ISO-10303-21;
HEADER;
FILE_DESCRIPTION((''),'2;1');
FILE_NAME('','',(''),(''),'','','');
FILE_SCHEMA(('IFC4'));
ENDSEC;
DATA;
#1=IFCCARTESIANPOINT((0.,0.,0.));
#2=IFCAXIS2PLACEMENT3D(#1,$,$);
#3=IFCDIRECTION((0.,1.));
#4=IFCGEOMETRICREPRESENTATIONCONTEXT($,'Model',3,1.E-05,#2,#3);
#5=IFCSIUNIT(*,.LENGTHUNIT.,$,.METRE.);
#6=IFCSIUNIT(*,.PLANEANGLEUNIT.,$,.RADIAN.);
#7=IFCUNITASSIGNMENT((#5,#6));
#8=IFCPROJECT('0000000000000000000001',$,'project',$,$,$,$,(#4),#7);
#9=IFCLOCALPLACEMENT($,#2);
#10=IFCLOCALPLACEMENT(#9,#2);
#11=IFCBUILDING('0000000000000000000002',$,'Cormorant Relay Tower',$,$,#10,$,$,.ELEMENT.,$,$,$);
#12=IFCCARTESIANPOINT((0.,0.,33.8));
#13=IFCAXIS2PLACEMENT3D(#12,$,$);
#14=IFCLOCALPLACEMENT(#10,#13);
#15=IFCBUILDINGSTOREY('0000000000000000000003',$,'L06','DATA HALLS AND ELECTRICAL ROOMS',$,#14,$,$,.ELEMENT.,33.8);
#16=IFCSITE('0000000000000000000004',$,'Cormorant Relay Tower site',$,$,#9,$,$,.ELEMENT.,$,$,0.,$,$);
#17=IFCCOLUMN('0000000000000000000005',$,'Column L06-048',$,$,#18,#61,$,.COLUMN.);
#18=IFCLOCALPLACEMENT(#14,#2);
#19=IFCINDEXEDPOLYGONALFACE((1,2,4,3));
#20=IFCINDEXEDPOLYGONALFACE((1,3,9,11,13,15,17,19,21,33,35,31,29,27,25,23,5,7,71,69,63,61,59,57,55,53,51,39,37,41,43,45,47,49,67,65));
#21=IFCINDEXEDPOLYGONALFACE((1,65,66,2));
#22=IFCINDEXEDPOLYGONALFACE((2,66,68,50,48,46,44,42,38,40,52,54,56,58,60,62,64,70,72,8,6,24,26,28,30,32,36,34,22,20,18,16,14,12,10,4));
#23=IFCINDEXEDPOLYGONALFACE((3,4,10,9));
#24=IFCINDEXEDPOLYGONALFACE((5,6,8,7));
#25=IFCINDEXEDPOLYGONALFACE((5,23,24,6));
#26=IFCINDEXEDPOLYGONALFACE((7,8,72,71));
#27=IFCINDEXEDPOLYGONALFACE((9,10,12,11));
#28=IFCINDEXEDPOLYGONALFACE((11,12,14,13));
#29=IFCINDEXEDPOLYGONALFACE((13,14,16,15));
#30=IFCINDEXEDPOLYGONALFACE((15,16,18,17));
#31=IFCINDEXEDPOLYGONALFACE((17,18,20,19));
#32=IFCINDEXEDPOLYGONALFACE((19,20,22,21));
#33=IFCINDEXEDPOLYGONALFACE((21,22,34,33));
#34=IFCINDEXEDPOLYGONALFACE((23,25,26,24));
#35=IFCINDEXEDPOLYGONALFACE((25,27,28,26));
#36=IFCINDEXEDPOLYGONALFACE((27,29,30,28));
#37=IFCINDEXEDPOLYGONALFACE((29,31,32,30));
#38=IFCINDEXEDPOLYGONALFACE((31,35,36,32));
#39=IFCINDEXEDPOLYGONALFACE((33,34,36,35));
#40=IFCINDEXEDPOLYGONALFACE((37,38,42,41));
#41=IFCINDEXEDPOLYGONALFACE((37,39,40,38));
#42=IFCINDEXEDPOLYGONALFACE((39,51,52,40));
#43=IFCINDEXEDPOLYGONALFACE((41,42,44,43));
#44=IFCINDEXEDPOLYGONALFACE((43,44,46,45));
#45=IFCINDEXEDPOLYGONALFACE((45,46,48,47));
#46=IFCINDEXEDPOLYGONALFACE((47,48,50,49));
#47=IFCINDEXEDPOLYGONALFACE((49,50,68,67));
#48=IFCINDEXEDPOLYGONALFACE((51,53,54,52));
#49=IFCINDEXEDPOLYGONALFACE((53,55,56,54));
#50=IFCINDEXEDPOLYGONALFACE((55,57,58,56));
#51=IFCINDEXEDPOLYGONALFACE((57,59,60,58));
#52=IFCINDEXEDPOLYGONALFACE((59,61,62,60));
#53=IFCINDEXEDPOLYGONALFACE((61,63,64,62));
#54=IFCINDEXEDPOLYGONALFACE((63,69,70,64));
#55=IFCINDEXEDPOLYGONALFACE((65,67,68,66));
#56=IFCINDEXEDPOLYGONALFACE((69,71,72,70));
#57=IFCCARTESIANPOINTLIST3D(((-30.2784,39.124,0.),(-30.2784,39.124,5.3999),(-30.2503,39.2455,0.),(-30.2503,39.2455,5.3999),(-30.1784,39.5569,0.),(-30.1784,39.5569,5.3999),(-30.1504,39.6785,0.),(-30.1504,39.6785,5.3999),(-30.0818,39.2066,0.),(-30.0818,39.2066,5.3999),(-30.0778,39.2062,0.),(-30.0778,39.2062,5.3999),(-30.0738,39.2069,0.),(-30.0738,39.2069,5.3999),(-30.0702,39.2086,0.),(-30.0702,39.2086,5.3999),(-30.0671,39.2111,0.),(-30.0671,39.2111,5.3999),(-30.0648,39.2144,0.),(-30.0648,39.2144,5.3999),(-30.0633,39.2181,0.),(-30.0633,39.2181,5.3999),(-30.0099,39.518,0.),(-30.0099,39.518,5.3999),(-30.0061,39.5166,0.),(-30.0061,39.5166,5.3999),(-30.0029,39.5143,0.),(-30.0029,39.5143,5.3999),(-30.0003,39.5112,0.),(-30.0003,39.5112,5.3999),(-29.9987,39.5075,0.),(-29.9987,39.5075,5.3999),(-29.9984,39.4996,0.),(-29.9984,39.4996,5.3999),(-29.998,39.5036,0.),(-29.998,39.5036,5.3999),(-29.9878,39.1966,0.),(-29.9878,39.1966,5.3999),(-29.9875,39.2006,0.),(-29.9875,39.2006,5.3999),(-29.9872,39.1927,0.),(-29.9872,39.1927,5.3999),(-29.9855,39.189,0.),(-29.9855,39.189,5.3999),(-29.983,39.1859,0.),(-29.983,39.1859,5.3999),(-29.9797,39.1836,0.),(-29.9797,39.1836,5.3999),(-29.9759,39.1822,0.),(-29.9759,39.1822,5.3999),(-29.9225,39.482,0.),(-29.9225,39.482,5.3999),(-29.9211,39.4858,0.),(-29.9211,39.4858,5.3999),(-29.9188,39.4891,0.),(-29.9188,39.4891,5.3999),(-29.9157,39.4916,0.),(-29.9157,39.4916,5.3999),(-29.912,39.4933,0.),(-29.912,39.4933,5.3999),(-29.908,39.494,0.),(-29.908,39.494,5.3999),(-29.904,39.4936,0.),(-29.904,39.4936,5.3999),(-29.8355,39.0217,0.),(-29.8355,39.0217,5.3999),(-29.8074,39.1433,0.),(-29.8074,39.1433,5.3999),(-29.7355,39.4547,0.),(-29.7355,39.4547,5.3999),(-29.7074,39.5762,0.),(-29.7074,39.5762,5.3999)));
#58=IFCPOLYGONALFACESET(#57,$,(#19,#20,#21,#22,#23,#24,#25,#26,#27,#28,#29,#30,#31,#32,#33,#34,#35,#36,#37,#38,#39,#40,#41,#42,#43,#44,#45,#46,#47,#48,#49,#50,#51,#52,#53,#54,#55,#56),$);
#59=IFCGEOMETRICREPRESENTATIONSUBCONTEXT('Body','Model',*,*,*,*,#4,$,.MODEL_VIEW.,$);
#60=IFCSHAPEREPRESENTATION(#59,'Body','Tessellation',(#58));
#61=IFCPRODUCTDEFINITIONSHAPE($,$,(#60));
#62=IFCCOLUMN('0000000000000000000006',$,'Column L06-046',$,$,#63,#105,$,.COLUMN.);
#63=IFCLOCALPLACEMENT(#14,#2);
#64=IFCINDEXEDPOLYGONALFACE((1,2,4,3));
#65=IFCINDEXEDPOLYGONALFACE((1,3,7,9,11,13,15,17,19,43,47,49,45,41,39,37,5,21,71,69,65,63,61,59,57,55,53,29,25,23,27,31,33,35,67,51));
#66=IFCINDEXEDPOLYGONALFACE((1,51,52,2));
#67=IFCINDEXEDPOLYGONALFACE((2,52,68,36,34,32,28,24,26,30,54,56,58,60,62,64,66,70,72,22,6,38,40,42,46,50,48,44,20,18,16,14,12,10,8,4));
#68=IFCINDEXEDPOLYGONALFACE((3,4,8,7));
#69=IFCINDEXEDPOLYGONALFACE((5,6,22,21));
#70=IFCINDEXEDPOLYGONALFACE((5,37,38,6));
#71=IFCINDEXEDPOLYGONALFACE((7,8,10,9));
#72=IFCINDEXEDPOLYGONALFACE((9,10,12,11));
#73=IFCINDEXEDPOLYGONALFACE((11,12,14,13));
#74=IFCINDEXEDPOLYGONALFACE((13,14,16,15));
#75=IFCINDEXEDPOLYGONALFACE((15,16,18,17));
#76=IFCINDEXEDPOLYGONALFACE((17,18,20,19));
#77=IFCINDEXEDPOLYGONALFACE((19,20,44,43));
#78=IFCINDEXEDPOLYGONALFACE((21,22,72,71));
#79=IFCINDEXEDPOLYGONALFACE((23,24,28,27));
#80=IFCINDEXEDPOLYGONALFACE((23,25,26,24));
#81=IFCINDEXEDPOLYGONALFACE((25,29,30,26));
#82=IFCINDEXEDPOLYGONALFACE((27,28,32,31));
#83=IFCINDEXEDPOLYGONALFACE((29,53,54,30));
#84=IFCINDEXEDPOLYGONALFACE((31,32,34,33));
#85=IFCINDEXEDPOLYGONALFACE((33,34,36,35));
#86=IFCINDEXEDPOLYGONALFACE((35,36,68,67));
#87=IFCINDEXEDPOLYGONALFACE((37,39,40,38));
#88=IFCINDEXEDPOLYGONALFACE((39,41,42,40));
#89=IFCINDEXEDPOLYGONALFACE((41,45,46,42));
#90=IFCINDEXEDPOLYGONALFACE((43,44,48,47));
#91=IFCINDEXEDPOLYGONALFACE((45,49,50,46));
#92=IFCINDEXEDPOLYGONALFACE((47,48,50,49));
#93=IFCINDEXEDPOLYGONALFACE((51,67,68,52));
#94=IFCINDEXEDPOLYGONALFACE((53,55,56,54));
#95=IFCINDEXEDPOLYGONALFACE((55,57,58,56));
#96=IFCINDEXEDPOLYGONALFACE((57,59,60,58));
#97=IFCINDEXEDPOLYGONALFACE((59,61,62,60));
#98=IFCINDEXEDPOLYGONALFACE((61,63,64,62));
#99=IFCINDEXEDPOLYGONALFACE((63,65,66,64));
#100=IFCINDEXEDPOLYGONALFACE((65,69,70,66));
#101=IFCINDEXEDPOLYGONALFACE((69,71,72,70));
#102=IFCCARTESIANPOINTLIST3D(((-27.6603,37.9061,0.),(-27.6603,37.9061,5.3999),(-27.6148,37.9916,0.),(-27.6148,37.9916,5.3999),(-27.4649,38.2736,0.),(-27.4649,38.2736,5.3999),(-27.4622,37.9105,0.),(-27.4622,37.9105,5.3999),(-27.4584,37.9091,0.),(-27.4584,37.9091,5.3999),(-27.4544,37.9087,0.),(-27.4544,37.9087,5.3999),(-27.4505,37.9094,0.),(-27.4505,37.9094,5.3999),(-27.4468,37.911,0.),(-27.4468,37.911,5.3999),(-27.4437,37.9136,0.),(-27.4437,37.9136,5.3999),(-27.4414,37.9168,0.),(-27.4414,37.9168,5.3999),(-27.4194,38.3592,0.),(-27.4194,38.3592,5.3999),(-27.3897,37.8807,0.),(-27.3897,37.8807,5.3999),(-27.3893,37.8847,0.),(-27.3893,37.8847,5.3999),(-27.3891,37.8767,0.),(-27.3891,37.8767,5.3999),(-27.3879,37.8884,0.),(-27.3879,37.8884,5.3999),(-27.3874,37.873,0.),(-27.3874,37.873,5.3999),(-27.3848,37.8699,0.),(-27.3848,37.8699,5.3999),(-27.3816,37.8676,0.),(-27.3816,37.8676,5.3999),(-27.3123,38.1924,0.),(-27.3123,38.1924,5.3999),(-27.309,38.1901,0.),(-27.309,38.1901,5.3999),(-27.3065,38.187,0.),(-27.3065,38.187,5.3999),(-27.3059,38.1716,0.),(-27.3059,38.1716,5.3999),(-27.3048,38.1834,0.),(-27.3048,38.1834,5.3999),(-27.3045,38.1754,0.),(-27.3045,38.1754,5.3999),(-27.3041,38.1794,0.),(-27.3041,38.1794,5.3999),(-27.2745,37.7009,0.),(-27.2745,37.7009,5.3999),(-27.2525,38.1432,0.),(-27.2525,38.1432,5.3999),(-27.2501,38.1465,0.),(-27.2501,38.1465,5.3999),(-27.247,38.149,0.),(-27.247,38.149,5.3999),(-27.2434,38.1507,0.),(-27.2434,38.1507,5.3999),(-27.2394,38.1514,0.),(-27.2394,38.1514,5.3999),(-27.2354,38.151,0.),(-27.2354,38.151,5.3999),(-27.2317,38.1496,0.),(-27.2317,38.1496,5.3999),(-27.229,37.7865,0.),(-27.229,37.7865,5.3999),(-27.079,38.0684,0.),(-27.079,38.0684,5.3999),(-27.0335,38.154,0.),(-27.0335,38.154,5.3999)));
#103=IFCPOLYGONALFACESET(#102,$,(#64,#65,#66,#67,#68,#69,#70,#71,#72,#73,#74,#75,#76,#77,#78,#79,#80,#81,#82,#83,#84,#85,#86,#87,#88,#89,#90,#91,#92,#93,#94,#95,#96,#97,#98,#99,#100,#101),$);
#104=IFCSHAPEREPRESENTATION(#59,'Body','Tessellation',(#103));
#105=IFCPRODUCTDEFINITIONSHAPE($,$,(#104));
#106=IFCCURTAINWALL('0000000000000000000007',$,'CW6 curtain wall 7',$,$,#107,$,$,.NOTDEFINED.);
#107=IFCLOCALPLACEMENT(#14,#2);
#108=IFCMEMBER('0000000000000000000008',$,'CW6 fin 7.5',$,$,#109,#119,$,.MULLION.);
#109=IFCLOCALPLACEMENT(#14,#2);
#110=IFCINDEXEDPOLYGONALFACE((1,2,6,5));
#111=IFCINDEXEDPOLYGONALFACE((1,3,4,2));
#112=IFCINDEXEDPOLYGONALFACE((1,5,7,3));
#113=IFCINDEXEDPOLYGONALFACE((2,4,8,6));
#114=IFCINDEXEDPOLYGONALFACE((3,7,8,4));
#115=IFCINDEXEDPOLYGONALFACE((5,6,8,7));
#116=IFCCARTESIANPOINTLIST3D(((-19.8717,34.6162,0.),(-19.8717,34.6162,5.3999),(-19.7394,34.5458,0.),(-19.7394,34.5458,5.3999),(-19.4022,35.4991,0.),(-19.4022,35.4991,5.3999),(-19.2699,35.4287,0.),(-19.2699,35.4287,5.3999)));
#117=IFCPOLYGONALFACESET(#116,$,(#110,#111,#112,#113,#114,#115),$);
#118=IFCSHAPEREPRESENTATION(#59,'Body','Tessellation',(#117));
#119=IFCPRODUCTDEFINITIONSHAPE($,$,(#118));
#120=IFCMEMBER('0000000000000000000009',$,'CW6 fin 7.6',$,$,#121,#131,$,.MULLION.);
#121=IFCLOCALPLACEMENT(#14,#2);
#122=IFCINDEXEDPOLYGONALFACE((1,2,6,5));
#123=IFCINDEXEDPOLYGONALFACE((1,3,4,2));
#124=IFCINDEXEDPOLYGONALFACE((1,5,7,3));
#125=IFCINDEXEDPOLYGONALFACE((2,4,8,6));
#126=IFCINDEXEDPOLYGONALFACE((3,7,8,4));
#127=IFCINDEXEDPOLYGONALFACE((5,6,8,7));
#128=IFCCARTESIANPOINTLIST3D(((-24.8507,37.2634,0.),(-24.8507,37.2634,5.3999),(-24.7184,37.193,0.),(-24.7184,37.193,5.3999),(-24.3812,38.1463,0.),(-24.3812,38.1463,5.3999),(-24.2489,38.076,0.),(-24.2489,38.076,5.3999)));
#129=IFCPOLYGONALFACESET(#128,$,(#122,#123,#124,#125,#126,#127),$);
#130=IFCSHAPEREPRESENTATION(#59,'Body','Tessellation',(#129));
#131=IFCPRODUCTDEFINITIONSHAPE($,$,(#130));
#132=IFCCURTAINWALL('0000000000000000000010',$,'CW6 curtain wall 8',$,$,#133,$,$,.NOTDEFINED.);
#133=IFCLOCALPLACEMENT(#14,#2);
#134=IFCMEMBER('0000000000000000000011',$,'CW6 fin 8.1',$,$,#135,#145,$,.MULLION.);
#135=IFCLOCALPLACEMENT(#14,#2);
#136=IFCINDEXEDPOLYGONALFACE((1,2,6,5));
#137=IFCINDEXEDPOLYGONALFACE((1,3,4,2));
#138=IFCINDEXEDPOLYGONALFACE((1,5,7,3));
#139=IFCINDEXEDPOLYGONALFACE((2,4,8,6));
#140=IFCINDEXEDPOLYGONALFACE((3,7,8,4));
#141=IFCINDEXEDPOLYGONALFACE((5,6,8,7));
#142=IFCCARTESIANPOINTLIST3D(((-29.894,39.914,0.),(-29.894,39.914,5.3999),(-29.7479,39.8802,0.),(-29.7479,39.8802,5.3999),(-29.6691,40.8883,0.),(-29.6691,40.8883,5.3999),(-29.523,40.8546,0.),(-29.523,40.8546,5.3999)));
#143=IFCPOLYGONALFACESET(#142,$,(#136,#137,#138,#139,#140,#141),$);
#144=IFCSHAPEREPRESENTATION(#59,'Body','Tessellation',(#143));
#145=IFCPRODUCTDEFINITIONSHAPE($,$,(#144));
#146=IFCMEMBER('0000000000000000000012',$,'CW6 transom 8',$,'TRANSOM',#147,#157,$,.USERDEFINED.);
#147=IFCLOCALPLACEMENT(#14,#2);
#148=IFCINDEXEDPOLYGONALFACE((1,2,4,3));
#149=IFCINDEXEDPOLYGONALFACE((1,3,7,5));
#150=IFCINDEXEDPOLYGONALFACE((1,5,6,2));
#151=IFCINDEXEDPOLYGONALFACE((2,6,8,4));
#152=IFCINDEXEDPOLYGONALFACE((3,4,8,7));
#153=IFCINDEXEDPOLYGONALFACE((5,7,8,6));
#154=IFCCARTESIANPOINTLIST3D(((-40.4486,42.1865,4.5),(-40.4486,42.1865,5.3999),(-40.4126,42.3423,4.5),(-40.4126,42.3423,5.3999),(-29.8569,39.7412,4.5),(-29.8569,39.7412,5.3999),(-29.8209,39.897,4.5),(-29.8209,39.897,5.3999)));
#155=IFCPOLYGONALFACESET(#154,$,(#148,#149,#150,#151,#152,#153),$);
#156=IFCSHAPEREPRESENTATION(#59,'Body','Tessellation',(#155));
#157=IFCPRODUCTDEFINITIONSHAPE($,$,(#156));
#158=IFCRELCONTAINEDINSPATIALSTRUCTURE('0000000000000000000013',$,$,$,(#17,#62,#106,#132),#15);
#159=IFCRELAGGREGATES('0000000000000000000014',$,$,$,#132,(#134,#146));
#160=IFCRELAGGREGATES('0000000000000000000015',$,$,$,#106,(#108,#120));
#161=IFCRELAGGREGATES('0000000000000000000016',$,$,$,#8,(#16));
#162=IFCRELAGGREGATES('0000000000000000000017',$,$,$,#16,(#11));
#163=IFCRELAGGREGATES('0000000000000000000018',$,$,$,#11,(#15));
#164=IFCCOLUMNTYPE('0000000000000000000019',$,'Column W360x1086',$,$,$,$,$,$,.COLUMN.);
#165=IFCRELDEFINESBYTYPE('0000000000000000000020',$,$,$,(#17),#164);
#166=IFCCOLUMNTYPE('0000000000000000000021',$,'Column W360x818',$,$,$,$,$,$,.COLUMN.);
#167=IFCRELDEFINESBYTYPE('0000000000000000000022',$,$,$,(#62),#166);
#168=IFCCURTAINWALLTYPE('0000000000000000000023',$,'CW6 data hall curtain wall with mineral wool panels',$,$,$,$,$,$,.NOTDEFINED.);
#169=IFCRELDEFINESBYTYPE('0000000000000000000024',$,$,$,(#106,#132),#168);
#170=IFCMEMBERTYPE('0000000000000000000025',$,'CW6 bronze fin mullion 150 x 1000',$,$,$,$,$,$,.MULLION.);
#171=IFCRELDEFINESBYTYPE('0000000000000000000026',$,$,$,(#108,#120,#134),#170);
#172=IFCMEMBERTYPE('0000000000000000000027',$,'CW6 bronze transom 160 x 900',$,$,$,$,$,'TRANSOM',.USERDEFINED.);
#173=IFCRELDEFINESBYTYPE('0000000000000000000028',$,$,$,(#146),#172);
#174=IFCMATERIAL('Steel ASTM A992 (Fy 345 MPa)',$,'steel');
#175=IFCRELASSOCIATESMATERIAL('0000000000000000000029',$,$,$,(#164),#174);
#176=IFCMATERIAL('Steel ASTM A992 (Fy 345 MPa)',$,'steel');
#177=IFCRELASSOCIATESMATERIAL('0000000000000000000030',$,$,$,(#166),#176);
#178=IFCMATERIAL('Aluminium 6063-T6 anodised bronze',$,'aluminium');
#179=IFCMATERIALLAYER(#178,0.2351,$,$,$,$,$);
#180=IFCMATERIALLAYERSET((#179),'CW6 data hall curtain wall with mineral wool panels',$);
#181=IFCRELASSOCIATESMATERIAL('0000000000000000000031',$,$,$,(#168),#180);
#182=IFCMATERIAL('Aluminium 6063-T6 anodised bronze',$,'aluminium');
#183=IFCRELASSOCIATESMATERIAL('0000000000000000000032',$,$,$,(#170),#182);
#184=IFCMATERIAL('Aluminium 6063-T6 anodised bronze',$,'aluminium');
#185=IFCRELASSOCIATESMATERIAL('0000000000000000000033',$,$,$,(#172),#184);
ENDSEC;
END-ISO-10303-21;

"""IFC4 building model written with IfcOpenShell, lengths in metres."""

from ifc_helpers import new_model, si_unit, direction, frame, origin, origin_2d, place, context, subcontext, project, spatial, rectangle, i_section, extrude, material, layer, layer_set, material_profile, profile_set, type_object, element, aggregate, save


model = new_model("IFC4")

# Units and contexts
model_context = context("Model", 3, precision=1e-05, world=origin(), true_north=direction((0.0, 1.0)))
body_context = subcontext(model_context, "Body", "Model", "MODEL_VIEW")
ifc_project = project(units=[si_unit("LENGTHUNIT", "METRE"), si_unit("PLANEANGLEUNIT", "RADIAN")], contexts=[model_context])

# Site, building, storey
site_placement = place(None, origin())
site = spatial("IfcSite", under=ifc_project, at=site_placement, Name="Cormorant Relay Tower site", CompositionType="ELEMENT", RefElevation=0.0)
building_placement = place(site_placement, origin())
building = spatial("IfcBuilding", under=site, at=building_placement, Name="Cormorant Relay Tower", CompositionType="ELEMENT")
storey_placement = place(building_placement, frame((0.0, 0.0, 33.8)))
storey = spatial("IfcBuildingStorey", under=building, at=storey_placement, Name="L06", Description="DATA HALLS AND ELECTRICAL ROOMS", CompositionType="ELEMENT", Elevation=33.8)

# Columns
ifc_material_1 = material(Name="Steel ASTM A992 (Fy 345 MPa)", Category="steel")
ifc_material_profile_1 = material_profile(ifc_material_1, i_section(OverallWidth=0.4546, OverallDepth=0.5691, WebThickness=0.0779, FlangeThickness=0.1248, FilletRadius=0.0154, at=origin_2d()), Name="W360x1086")
ifc_profile_set_1 = profile_set([ifc_material_profile_1], Name="Steel ASTM A992 (Fy 345 MPa)")
column_type_1 = type_object("IfcColumnType", Name="Column W360x1086", PredefinedType="COLUMN", material=ifc_profile_set_1)
column_1_placement = place(storey_placement, frame((-29.9929, 39.3501, 0.0), z_axis=(0.0, 0.0, 1.0), x_axis=(-0.97437, 0.224951, 0.0)))
element("IfcColumn", 1, at=column_1_placement, inside=storey, type_object=column_type_1, Name="Column L06-048", PredefinedType="COLUMN", context=body_context, shape_type="SweptSolid", body=[
    extrude(i_section(OverallWidth=0.4546, OverallDepth=0.5691, WebThickness=0.0779, FlangeThickness=0.1248, FilletRadius=0.0154, at=origin_2d()), origin(), (0.0, 0.0, 1.0), 5.3999),
])
ifc_material_2 = material(Name="Steel ASTM A992 (Fy 345 MPa)", Category="steel")
ifc_material_profile_2 = material_profile(ifc_material_2, i_section(OverallWidth=0.437, OverallDepth=0.5132, WebThickness=0.0605, FlangeThickness=0.0969, FilletRadius=0.0154, at=origin_2d()), Name="W360x818")
ifc_profile_set_2 = profile_set([ifc_material_profile_2], Name="Steel ASTM A992 (Fy 345 MPa)")
column_type_2 = type_object("IfcColumnType", Name="Column W360x818", PredefinedType="COLUMN", material=ifc_profile_set_2)
column_2_placement = place(storey_placement, frame((-27.3469, 38.03, 0.0), z_axis=(0.0, 0.0, 1.0), x_axis=(-0.882948, 0.469472, 0.0)))
element("IfcColumn", 2, at=column_2_placement, inside=storey, type_object=column_type_2, Name="Column L06-046", PredefinedType="COLUMN", context=body_context, shape_type="SweptSolid", body=[
    extrude(i_section(OverallWidth=0.437, OverallDepth=0.5132, WebThickness=0.0605, FlangeThickness=0.0969, FilletRadius=0.0154, at=origin_2d()), origin(), (0.0, 0.0, 1.0), 5.3999),
])

# Curtain walls, members
ifc_material_3 = material(Name="Aluminium 6063-T6 anodised bronze", Category="aluminium")
ifc_layer_1 = layer(ifc_material_3, 0.2351)
ifc_layer_set_1 = layer_set([ifc_layer_1], Name="CW6 data hall curtain wall with mineral wool panels")
curtain_wall_type = type_object("IfcCurtainWallType", Name="CW6 data hall curtain wall with mineral wool panels", PredefinedType="NOTDEFINED", material=ifc_layer_set_1)
curtain_wall_1_placement = place(storey_placement, origin())
curtain_wall_1 = element("IfcCurtainWall", 3, at=curtain_wall_1_placement, inside=storey, type_object=curtain_wall_type, Name="CW6 curtain wall 7", PredefinedType="NOTDEFINED")
ifc_material_4 = material(Name="Aluminium 6063-T6 anodised bronze", Category="aluminium")
ifc_material_profile_3 = material_profile(ifc_material_4, rectangle(XDim=0.1499, YDim=1.0, at=origin_2d()), Name="AL 150x1000")
ifc_profile_set_3 = profile_set([ifc_material_profile_3], Name="Aluminium 6063-T6 anodised bronze")
member_type_1 = type_object("IfcMemberType", Name="CW6 bronze fin mullion 150 x 1000", PredefinedType="MULLION", material=ifc_profile_set_3)
member_1_placement = place(storey_placement, frame((-19.5708, 35.0225, 0.0), z_axis=(0.0, 0.0, 1.0), x_axis=(-0.882948, 0.469472, 0.0)))
member_1 = element("IfcMember", 4, at=member_1_placement, type_object=member_type_1, Name="CW6 fin 7.5", PredefinedType="MULLION", context=body_context, shape_type="SweptSolid", body=[
    extrude(rectangle(XDim=0.1499, YDim=1.0, at=origin_2d()), origin(), (0.0, 0.0, 1.0), 5.3999),
])
member_2_placement = place(storey_placement, frame((-24.5498, 37.6697, 0.0), z_axis=(0.0, 0.0, 1.0), x_axis=(-0.882948, 0.469472, 0.0)))
member_2 = element("IfcMember", 5, at=member_2_placement, type_object=member_type_1, Name="CW6 fin 7.6", PredefinedType="MULLION", context=body_context, shape_type="SweptSolid", body=[
    extrude(rectangle(XDim=0.1499, YDim=1.0, at=origin_2d()), origin(), (0.0, 0.0, 1.0), 5.3999),
])
curtain_wall_2_placement = place(storey_placement, origin())
curtain_wall_2 = element("IfcCurtainWall", 6, at=curtain_wall_2_placement, inside=storey, type_object=curtain_wall_type, Name="CW6 curtain wall 8", PredefinedType="NOTDEFINED")
member_3_placement = place(storey_placement, frame((-29.7085, 40.3843, 0.0), z_axis=(0.0, 0.0, 1.0), x_axis=(-0.97437, 0.224951, 0.0)))
member_3 = element("IfcMember", 7, at=member_3_placement, type_object=member_type_1, Name="CW6 fin 8.1", PredefinedType="MULLION", context=body_context, shape_type="SweptSolid", body=[
    extrude(rectangle(XDim=0.1499, YDim=1.0, at=origin_2d()), origin(), (0.0, 0.0, 1.0), 5.3999),
])
ifc_material_5 = material(Name="Aluminium 6063-T6 anodised bronze", Category="aluminium")
ifc_material_profile_4 = material_profile(ifc_material_5, rectangle(XDim=0.1599, YDim=0.8999, at=origin_2d()), Name="AL 160x900")
ifc_profile_set_4 = profile_set([ifc_material_profile_4], Name="Aluminium 6063-T6 anodised bronze")
member_type_2 = type_object("IfcMemberType", Name="CW6 bronze transom 160 x 900", ElementType="TRANSOM", PredefinedType="USERDEFINED", material=ifc_profile_set_4)
member_4_placement = place(storey_placement, frame((-29.8389, 39.8191, 4.95), z_axis=(-0.97437, 0.224951, 0.0), x_axis=(-0.224951, -0.97437, 0.0)))
member_4 = element("IfcMember", 8, at=member_4_placement, type_object=member_type_2, Name="CW6 transom 8", ObjectType="TRANSOM", PredefinedType="USERDEFINED", context=body_context, shape_type="SweptSolid", body=[
    extrude(rectangle(XDim=0.1599, YDim=0.8999, at=origin_2d()), origin(), (0.0, 0.0, 1.0), 10.8704),
])
aggregate(curtain_wall_2, [member_3, member_4])

aggregate(curtain_wall_1, [member_1, member_2])

save(model, "model.ifc")
